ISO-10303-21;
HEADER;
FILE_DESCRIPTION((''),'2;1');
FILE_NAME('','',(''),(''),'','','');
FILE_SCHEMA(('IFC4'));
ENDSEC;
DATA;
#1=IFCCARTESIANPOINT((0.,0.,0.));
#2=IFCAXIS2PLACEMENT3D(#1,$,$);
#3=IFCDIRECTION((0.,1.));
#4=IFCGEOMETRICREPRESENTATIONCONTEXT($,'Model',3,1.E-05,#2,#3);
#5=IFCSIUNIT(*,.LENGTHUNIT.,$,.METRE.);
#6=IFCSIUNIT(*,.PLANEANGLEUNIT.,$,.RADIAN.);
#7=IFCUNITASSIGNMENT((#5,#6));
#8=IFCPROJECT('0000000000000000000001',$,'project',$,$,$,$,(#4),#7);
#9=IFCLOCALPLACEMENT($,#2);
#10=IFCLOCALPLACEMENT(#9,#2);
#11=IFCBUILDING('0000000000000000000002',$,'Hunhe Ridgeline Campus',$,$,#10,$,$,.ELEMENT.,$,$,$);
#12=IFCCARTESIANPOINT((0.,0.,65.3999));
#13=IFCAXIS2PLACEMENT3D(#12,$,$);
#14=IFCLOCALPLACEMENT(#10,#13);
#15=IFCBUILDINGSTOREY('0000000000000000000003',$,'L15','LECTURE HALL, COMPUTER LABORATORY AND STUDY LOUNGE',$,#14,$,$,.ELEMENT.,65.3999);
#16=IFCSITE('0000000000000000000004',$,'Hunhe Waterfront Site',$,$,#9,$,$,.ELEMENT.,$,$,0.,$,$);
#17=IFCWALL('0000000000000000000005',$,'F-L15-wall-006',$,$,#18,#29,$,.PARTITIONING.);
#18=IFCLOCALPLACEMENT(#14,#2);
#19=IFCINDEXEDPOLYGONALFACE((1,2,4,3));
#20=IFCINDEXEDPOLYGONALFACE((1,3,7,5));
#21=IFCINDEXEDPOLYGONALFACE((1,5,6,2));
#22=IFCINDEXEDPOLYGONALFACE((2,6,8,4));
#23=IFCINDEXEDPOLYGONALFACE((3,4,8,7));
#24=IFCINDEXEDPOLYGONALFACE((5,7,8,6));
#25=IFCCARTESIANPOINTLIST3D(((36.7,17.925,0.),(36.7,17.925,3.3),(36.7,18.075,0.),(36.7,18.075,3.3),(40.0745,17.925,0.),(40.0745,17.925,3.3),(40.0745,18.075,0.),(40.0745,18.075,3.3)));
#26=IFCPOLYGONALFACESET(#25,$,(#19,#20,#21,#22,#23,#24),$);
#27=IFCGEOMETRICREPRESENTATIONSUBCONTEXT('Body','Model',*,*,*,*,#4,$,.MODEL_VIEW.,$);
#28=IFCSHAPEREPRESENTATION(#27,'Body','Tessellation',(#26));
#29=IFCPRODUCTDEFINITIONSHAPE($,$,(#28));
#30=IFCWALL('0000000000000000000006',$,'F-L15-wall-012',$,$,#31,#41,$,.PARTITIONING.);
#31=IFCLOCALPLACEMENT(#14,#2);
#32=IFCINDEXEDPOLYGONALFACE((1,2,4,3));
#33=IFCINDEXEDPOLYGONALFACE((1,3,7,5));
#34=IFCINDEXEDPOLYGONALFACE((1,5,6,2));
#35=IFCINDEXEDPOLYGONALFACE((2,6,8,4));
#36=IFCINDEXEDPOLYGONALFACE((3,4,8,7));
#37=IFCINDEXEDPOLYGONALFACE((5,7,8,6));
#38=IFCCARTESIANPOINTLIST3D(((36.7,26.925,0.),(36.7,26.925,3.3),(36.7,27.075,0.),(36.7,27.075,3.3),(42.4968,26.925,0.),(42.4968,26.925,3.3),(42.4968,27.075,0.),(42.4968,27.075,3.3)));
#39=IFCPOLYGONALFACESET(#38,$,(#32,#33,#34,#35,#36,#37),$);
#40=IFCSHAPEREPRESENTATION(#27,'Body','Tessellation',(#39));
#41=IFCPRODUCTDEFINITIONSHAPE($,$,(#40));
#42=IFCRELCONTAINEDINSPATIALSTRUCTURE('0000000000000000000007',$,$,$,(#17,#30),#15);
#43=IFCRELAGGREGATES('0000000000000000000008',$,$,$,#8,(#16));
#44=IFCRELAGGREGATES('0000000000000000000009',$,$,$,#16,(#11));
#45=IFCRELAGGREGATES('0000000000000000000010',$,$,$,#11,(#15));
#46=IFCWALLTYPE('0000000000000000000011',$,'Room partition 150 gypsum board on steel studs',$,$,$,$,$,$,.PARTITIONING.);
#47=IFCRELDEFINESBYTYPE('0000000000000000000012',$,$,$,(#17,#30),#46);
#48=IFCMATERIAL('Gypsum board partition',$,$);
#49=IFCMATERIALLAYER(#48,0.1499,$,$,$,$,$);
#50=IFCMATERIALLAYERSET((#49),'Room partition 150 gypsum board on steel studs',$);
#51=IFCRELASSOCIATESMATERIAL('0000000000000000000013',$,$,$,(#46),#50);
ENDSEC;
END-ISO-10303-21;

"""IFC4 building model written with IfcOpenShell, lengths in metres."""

from ifc_helpers import new_model, si_unit, direction, frame, frame_2d, origin, place, context, subcontext, project, spatial, rectangle, extrude, material, layer, layer_set, type_object, element, save


model = new_model("IFC4")

# Units and contexts
model_context = context("Model", 3, precision=1e-05, world=origin(), true_north=direction((0.0, 1.0)))
body_context = subcontext(model_context, "Body", "Model", "MODEL_VIEW")
ifc_project = project(units=[si_unit("LENGTHUNIT", "METRE"), si_unit("PLANEANGLEUNIT", "RADIAN")], contexts=[model_context])

# Site, building, storey
site_placement = place(None, origin())
site = spatial("IfcSite", under=ifc_project, at=site_placement, Name="Hunhe Waterfront Site", CompositionType="ELEMENT", RefElevation=0.0)
building_placement = place(site_placement, origin())
building = spatial("IfcBuilding", under=site, at=building_placement, Name="Hunhe Ridgeline Campus", CompositionType="ELEMENT")
storey_placement = place(building_placement, frame((0.0, 0.0, 65.3999)))
storey = spatial("IfcBuildingStorey", under=building, at=storey_placement, Name="L15", Description="LECTURE HALL, COMPUTER LABORATORY AND STUDY LOUNGE", CompositionType="ELEMENT", Elevation=65.3999)

# Walls
ifc_material_1 = material(Name="Gypsum board partition")
ifc_layer_1 = layer(ifc_material_1, 0.1499)
ifc_layer_set_1 = layer_set([ifc_layer_1], Name="Room partition 150 gypsum board on steel studs")
wall_type_1 = type_object("IfcWallType", Name="Room partition 150 gypsum board on steel studs", PredefinedType="PARTITIONING", material=ifc_layer_set_1)
wall_1_placement = place(storey_placement, frame((36.7, 18.0, 0.0), z_axis=(0.0, 0.0, 1.0), x_axis=(1.0, 0.0, 0.0)))
element("IfcWall", 1, at=wall_1_placement, inside=storey, type_object=wall_type_1, Name="F-L15-wall-006", PredefinedType="PARTITIONING", context=body_context, shape_type="SweptSolid", body=[
    extrude(rectangle(XDim=3.3745, YDim=0.1499, at=frame_2d((1.6873, 0.0))), origin(), (0.0, 0.0, 1.0), 3.3),
])
wall_2_placement = place(storey_placement, frame((36.7, 27.0, 0.0), z_axis=(0.0, 0.0, 1.0), x_axis=(1.0, 0.0, 0.0)))
element("IfcWall", 2, at=wall_2_placement, inside=storey, type_object=wall_type_1, Name="F-L15-wall-012", PredefinedType="PARTITIONING", context=body_context, shape_type="SweptSolid", body=[
    extrude(rectangle(XDim=5.7969, YDim=0.1499, at=frame_2d((2.8984, 0.0))), origin(), (0.0, 0.0, 1.0), 3.3),
])

save(model, "model.ifc")
